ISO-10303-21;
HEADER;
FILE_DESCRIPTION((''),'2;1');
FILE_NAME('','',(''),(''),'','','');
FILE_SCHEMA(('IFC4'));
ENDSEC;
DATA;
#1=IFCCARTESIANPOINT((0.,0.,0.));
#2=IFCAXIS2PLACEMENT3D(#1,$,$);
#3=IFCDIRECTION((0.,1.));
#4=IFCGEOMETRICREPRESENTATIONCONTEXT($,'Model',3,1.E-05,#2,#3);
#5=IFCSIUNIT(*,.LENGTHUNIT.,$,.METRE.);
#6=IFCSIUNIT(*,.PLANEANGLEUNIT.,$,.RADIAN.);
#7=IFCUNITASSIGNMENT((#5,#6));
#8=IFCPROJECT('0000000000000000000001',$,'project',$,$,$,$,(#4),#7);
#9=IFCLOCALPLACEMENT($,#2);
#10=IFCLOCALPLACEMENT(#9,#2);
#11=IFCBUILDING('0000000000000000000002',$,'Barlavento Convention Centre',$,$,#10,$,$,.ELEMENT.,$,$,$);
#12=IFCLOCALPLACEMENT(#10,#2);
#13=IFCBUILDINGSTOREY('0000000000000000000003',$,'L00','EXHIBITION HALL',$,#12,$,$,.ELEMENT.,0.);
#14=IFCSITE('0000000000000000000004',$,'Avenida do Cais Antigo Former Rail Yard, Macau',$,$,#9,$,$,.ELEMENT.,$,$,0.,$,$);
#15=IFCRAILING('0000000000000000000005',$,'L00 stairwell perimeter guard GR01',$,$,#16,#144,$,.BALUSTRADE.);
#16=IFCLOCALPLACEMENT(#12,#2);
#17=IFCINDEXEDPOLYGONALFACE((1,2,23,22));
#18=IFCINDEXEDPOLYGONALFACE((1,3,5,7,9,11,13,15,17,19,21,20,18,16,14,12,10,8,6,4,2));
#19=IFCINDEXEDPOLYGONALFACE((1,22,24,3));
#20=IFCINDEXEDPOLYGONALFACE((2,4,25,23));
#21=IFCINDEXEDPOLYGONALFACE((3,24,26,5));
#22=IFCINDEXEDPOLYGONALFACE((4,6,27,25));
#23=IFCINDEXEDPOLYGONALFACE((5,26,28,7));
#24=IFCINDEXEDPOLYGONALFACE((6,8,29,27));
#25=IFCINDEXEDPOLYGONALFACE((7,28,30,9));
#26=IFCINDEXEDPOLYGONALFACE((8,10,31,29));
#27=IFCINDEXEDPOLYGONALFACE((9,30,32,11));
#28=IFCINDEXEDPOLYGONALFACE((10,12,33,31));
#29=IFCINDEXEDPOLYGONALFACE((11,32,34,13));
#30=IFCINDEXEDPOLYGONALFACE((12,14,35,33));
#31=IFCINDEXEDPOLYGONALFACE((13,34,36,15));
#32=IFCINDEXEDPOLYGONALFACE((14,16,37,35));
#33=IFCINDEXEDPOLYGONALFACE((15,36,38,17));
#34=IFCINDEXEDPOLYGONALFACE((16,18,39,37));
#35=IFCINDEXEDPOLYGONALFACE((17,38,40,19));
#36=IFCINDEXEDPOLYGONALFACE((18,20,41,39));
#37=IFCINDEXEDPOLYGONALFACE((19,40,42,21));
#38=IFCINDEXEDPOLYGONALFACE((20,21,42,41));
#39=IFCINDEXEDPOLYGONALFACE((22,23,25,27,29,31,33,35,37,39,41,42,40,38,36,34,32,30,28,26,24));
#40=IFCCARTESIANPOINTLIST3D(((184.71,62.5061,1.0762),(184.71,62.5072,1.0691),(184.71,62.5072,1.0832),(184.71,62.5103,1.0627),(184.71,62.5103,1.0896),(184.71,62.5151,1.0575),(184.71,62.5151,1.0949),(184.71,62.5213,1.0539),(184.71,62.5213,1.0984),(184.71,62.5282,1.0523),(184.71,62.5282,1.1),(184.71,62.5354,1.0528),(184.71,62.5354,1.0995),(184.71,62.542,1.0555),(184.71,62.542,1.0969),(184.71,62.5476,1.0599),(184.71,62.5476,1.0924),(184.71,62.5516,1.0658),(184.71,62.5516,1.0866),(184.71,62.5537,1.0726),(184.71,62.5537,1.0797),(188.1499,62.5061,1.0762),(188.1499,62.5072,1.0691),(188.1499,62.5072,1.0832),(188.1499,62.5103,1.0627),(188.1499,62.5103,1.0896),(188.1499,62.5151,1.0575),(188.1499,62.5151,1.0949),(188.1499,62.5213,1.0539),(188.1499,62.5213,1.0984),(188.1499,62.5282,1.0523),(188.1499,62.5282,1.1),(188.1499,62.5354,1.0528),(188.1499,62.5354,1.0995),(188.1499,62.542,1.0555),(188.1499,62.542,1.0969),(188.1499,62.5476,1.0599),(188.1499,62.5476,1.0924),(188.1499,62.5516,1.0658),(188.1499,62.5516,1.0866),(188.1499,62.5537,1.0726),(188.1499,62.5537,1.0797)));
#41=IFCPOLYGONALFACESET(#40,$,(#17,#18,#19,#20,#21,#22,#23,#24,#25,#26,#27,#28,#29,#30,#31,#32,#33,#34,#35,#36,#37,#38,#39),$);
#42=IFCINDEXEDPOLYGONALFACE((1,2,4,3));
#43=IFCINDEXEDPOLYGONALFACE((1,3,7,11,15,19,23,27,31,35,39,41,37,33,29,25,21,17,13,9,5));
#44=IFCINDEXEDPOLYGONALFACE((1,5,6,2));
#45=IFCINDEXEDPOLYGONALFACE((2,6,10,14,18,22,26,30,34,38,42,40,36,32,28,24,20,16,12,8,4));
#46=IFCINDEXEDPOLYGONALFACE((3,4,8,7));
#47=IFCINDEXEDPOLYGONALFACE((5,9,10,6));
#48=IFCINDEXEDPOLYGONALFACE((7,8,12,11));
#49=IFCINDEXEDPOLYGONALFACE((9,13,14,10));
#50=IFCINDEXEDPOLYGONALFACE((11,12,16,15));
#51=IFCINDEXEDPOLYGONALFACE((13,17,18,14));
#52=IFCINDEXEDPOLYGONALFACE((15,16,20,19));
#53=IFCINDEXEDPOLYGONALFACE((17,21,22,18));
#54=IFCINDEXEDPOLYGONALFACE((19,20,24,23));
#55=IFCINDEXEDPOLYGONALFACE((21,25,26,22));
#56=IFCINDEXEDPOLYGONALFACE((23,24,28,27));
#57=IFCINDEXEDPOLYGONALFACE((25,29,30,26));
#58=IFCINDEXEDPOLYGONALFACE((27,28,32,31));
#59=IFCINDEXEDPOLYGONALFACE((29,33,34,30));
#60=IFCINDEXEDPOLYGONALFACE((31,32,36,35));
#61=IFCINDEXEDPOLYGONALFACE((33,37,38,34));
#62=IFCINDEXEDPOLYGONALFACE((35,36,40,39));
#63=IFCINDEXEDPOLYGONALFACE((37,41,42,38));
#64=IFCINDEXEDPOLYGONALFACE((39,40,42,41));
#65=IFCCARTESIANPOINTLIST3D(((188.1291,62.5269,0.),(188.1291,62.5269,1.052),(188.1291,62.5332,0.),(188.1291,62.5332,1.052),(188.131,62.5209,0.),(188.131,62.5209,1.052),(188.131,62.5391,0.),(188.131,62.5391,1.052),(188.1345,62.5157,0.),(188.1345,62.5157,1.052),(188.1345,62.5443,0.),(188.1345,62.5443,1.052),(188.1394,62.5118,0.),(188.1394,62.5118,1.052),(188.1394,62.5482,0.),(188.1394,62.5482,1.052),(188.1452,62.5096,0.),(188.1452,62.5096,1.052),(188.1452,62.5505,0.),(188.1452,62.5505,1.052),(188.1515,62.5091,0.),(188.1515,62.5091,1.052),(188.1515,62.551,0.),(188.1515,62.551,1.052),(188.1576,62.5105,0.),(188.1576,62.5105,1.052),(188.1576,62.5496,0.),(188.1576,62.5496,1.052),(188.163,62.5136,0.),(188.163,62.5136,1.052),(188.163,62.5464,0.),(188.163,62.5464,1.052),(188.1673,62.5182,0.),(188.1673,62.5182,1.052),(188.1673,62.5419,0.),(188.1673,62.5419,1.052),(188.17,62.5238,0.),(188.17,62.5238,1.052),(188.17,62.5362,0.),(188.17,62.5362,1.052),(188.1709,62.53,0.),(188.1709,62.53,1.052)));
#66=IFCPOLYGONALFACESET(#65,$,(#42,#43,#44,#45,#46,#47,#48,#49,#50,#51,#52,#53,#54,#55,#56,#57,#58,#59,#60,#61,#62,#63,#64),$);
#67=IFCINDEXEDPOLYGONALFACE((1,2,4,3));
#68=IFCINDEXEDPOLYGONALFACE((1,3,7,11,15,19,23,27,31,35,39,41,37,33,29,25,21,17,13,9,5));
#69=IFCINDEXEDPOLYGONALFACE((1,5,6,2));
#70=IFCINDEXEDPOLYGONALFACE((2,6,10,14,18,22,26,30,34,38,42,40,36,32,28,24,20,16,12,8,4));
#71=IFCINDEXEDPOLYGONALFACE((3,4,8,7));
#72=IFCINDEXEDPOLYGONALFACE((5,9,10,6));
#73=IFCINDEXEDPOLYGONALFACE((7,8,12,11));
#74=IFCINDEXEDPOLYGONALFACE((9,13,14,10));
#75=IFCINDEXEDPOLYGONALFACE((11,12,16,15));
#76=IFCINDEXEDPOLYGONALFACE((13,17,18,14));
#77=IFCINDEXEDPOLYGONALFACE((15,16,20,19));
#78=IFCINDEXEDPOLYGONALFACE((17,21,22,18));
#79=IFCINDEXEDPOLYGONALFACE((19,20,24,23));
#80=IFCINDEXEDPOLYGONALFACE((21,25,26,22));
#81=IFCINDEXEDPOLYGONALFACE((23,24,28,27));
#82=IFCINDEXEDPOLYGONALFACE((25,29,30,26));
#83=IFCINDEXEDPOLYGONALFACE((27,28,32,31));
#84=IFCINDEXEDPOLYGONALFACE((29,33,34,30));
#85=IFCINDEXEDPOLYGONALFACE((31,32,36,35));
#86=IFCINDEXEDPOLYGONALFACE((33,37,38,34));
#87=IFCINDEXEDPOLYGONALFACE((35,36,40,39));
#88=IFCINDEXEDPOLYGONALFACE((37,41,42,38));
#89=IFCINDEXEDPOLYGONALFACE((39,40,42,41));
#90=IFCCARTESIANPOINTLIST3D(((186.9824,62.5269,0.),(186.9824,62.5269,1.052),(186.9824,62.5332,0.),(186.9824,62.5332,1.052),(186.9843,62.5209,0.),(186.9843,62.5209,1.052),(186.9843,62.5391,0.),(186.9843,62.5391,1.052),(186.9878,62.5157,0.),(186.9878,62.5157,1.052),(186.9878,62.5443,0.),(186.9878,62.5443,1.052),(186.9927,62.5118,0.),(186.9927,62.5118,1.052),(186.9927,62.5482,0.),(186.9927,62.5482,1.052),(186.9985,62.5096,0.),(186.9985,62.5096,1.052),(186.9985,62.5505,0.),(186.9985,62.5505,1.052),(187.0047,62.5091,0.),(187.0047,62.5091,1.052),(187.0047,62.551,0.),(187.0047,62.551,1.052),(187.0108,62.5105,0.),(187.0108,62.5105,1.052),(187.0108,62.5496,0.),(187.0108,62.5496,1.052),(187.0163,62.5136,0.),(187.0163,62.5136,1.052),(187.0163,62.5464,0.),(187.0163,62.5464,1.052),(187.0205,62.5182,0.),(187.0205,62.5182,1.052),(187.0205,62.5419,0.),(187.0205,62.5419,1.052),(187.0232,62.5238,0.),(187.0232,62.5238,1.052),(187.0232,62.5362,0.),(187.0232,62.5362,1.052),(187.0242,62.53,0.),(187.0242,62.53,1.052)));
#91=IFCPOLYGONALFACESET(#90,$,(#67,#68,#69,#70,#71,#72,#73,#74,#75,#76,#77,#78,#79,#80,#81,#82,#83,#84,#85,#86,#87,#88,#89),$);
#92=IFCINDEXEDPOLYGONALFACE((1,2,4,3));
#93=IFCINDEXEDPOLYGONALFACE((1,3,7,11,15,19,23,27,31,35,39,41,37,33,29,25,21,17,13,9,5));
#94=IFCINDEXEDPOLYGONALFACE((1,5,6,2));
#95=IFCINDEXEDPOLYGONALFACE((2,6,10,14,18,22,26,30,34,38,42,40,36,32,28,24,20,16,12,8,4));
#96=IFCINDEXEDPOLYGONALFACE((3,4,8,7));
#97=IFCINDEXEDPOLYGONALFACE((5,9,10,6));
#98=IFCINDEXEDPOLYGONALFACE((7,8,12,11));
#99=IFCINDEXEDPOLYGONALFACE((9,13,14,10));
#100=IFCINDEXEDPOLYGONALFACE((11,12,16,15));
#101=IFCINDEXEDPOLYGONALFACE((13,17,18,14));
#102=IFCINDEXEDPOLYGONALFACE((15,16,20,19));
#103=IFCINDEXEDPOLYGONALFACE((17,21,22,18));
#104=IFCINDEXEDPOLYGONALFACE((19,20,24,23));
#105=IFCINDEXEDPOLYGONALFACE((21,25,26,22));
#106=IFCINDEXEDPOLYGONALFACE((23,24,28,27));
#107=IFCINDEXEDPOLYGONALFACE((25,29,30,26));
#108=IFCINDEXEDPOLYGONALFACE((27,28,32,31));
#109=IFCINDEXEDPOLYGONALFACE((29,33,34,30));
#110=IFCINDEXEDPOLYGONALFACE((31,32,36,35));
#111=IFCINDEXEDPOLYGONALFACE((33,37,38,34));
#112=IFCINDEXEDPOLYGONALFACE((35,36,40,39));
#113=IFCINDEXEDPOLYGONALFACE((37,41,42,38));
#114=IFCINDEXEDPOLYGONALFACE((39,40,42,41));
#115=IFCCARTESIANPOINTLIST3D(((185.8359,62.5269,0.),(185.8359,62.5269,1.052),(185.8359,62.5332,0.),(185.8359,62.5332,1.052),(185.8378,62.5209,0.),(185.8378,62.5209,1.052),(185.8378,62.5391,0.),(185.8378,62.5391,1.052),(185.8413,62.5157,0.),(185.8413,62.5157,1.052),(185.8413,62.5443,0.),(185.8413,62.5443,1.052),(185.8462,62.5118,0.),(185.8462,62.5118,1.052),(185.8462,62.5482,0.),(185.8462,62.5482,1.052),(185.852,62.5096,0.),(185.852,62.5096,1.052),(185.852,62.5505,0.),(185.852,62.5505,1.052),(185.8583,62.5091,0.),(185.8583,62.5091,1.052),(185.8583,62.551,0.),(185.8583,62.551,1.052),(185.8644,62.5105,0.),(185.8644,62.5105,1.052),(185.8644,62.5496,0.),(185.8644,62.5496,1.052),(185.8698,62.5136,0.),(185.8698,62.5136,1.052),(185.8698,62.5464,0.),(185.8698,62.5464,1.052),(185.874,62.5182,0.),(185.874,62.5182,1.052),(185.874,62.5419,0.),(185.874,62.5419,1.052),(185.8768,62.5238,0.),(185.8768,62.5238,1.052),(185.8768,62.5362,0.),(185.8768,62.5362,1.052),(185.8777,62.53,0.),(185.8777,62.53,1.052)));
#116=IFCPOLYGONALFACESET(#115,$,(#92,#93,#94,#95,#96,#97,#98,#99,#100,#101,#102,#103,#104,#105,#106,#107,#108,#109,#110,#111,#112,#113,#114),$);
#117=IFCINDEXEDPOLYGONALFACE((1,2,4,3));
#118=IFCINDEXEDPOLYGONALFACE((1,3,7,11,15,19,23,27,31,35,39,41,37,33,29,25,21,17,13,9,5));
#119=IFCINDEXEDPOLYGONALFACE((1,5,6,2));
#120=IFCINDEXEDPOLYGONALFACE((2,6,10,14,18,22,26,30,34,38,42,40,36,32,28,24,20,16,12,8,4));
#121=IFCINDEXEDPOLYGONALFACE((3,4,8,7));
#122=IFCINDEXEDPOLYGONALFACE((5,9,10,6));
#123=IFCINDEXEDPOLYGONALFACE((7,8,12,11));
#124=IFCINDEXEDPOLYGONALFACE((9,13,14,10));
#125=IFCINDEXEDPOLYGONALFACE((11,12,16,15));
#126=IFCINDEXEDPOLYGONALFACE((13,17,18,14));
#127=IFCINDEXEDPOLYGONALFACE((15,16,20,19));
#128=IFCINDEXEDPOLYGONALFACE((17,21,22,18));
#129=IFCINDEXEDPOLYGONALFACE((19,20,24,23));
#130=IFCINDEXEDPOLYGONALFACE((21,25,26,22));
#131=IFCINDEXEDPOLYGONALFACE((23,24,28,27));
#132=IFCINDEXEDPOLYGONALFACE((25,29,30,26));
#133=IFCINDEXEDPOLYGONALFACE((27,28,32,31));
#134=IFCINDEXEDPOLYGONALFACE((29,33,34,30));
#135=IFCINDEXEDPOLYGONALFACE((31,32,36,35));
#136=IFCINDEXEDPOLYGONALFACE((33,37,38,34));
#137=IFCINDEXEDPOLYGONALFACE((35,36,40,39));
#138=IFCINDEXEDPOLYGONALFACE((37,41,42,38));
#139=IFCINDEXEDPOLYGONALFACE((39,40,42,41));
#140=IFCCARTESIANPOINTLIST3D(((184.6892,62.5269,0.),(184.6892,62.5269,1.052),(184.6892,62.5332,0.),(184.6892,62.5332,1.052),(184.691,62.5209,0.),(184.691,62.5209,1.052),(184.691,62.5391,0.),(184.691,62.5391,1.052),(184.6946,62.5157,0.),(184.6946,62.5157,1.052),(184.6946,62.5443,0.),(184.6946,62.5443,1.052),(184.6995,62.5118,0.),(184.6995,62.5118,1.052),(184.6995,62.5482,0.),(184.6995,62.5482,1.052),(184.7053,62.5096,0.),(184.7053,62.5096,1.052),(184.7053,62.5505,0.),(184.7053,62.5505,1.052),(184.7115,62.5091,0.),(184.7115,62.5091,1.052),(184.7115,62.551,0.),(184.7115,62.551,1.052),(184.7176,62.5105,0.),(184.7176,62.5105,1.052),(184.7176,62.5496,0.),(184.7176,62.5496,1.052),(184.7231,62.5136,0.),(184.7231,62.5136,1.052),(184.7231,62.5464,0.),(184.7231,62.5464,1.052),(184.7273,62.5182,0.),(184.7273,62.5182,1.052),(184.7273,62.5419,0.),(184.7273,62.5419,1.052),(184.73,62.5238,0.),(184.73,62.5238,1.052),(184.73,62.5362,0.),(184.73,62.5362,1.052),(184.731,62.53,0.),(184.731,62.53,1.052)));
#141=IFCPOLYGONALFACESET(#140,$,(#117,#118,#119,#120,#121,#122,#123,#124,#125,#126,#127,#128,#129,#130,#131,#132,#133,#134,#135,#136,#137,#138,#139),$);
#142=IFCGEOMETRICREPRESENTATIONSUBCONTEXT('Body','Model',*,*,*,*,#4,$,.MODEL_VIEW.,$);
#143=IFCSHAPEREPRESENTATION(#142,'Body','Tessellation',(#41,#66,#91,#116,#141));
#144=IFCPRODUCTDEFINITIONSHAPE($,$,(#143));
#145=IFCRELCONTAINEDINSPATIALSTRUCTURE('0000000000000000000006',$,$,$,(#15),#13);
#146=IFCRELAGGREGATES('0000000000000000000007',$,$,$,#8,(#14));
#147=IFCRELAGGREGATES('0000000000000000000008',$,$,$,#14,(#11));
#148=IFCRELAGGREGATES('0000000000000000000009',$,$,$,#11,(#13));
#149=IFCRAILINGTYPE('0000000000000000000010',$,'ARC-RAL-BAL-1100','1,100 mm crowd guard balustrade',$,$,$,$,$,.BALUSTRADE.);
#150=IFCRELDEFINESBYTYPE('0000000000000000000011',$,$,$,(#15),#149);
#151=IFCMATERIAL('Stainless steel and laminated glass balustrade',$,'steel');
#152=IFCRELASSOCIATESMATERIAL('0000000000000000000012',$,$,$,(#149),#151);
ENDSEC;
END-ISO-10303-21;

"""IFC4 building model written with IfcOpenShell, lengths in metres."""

from ifc_helpers import new_model, si_unit, direction, frame, origin, origin_2d, place, context, subcontext, project, spatial, circle, extrude, material, type_object, element, save


model = new_model("IFC4")

# Units and contexts
model_context = context("Model", 3, precision=1e-05, world=origin(), true_north=direction((0.0, 1.0)))
body_context = subcontext(model_context, "Body", "Model", "MODEL_VIEW")
ifc_project = project(units=[si_unit("LENGTHUNIT", "METRE"), si_unit("PLANEANGLEUNIT", "RADIAN")], contexts=[model_context])

# Site, building, storey
site_placement = place(None, origin())
site = spatial("IfcSite", under=ifc_project, at=site_placement, Name="Avenida do Cais Antigo Former Rail Yard, Macau", CompositionType="ELEMENT", RefElevation=0.0)
building_placement = place(site_placement, origin())
building = spatial("IfcBuilding", under=site, at=building_placement, Name="Barlavento Convention Centre", CompositionType="ELEMENT")
storey_placement = place(building_placement, origin())
storey = spatial("IfcBuildingStorey", under=building, at=storey_placement, Name="L00", Description="EXHIBITION HALL", CompositionType="ELEMENT", Elevation=0.0)

# Railing
ifc_material_1 = material(Name="Stainless steel and laminated glass balustrade", Category="steel")
railing_type_1 = type_object("IfcRailingType", Name="ARC-RAL-BAL-1100", Description="1,100 mm crowd guard balustrade", PredefinedType="BALUSTRADE", material=ifc_material_1)
railing_1_placement = place(storey_placement, frame((188.1499, 62.53, 0.0)))
element("IfcRailing", 1, at=railing_1_placement, inside=storey, type_object=railing_type_1, Name="L00 stairwell perimeter guard GR01", PredefinedType="BALUSTRADE", context=body_context, shape_type="SweptSolid", body=[
    extrude(circle(Radius=0.0239, at=origin_2d()), frame((0.0, 0.0, 1.0762), z_axis=(-1.0, 0.0, 0.0), x_axis=(0.0, -1.0, 0.0)), (0.0, 0.0, 1.0), 3.4399),
    extrude(circle(Radius=0.021, at=origin_2d()), origin(), (0.0, 0.0, 1.0), 1.052),
    extrude(circle(Radius=0.021, at=origin_2d()), frame((-1.1467, 0.0, 0.0)), (0.0, 0.0, 1.0), 1.052),
    extrude(circle(Radius=0.021, at=origin_2d()), frame((-2.2932, 0.0, 0.0)), (0.0, 0.0, 1.0), 1.052),
    extrude(circle(Radius=0.021, at=origin_2d()), frame((-3.4399, 0.0, 0.0)), (0.0, 0.0, 1.0), 1.052),
])

save(model, "model.ifc")
